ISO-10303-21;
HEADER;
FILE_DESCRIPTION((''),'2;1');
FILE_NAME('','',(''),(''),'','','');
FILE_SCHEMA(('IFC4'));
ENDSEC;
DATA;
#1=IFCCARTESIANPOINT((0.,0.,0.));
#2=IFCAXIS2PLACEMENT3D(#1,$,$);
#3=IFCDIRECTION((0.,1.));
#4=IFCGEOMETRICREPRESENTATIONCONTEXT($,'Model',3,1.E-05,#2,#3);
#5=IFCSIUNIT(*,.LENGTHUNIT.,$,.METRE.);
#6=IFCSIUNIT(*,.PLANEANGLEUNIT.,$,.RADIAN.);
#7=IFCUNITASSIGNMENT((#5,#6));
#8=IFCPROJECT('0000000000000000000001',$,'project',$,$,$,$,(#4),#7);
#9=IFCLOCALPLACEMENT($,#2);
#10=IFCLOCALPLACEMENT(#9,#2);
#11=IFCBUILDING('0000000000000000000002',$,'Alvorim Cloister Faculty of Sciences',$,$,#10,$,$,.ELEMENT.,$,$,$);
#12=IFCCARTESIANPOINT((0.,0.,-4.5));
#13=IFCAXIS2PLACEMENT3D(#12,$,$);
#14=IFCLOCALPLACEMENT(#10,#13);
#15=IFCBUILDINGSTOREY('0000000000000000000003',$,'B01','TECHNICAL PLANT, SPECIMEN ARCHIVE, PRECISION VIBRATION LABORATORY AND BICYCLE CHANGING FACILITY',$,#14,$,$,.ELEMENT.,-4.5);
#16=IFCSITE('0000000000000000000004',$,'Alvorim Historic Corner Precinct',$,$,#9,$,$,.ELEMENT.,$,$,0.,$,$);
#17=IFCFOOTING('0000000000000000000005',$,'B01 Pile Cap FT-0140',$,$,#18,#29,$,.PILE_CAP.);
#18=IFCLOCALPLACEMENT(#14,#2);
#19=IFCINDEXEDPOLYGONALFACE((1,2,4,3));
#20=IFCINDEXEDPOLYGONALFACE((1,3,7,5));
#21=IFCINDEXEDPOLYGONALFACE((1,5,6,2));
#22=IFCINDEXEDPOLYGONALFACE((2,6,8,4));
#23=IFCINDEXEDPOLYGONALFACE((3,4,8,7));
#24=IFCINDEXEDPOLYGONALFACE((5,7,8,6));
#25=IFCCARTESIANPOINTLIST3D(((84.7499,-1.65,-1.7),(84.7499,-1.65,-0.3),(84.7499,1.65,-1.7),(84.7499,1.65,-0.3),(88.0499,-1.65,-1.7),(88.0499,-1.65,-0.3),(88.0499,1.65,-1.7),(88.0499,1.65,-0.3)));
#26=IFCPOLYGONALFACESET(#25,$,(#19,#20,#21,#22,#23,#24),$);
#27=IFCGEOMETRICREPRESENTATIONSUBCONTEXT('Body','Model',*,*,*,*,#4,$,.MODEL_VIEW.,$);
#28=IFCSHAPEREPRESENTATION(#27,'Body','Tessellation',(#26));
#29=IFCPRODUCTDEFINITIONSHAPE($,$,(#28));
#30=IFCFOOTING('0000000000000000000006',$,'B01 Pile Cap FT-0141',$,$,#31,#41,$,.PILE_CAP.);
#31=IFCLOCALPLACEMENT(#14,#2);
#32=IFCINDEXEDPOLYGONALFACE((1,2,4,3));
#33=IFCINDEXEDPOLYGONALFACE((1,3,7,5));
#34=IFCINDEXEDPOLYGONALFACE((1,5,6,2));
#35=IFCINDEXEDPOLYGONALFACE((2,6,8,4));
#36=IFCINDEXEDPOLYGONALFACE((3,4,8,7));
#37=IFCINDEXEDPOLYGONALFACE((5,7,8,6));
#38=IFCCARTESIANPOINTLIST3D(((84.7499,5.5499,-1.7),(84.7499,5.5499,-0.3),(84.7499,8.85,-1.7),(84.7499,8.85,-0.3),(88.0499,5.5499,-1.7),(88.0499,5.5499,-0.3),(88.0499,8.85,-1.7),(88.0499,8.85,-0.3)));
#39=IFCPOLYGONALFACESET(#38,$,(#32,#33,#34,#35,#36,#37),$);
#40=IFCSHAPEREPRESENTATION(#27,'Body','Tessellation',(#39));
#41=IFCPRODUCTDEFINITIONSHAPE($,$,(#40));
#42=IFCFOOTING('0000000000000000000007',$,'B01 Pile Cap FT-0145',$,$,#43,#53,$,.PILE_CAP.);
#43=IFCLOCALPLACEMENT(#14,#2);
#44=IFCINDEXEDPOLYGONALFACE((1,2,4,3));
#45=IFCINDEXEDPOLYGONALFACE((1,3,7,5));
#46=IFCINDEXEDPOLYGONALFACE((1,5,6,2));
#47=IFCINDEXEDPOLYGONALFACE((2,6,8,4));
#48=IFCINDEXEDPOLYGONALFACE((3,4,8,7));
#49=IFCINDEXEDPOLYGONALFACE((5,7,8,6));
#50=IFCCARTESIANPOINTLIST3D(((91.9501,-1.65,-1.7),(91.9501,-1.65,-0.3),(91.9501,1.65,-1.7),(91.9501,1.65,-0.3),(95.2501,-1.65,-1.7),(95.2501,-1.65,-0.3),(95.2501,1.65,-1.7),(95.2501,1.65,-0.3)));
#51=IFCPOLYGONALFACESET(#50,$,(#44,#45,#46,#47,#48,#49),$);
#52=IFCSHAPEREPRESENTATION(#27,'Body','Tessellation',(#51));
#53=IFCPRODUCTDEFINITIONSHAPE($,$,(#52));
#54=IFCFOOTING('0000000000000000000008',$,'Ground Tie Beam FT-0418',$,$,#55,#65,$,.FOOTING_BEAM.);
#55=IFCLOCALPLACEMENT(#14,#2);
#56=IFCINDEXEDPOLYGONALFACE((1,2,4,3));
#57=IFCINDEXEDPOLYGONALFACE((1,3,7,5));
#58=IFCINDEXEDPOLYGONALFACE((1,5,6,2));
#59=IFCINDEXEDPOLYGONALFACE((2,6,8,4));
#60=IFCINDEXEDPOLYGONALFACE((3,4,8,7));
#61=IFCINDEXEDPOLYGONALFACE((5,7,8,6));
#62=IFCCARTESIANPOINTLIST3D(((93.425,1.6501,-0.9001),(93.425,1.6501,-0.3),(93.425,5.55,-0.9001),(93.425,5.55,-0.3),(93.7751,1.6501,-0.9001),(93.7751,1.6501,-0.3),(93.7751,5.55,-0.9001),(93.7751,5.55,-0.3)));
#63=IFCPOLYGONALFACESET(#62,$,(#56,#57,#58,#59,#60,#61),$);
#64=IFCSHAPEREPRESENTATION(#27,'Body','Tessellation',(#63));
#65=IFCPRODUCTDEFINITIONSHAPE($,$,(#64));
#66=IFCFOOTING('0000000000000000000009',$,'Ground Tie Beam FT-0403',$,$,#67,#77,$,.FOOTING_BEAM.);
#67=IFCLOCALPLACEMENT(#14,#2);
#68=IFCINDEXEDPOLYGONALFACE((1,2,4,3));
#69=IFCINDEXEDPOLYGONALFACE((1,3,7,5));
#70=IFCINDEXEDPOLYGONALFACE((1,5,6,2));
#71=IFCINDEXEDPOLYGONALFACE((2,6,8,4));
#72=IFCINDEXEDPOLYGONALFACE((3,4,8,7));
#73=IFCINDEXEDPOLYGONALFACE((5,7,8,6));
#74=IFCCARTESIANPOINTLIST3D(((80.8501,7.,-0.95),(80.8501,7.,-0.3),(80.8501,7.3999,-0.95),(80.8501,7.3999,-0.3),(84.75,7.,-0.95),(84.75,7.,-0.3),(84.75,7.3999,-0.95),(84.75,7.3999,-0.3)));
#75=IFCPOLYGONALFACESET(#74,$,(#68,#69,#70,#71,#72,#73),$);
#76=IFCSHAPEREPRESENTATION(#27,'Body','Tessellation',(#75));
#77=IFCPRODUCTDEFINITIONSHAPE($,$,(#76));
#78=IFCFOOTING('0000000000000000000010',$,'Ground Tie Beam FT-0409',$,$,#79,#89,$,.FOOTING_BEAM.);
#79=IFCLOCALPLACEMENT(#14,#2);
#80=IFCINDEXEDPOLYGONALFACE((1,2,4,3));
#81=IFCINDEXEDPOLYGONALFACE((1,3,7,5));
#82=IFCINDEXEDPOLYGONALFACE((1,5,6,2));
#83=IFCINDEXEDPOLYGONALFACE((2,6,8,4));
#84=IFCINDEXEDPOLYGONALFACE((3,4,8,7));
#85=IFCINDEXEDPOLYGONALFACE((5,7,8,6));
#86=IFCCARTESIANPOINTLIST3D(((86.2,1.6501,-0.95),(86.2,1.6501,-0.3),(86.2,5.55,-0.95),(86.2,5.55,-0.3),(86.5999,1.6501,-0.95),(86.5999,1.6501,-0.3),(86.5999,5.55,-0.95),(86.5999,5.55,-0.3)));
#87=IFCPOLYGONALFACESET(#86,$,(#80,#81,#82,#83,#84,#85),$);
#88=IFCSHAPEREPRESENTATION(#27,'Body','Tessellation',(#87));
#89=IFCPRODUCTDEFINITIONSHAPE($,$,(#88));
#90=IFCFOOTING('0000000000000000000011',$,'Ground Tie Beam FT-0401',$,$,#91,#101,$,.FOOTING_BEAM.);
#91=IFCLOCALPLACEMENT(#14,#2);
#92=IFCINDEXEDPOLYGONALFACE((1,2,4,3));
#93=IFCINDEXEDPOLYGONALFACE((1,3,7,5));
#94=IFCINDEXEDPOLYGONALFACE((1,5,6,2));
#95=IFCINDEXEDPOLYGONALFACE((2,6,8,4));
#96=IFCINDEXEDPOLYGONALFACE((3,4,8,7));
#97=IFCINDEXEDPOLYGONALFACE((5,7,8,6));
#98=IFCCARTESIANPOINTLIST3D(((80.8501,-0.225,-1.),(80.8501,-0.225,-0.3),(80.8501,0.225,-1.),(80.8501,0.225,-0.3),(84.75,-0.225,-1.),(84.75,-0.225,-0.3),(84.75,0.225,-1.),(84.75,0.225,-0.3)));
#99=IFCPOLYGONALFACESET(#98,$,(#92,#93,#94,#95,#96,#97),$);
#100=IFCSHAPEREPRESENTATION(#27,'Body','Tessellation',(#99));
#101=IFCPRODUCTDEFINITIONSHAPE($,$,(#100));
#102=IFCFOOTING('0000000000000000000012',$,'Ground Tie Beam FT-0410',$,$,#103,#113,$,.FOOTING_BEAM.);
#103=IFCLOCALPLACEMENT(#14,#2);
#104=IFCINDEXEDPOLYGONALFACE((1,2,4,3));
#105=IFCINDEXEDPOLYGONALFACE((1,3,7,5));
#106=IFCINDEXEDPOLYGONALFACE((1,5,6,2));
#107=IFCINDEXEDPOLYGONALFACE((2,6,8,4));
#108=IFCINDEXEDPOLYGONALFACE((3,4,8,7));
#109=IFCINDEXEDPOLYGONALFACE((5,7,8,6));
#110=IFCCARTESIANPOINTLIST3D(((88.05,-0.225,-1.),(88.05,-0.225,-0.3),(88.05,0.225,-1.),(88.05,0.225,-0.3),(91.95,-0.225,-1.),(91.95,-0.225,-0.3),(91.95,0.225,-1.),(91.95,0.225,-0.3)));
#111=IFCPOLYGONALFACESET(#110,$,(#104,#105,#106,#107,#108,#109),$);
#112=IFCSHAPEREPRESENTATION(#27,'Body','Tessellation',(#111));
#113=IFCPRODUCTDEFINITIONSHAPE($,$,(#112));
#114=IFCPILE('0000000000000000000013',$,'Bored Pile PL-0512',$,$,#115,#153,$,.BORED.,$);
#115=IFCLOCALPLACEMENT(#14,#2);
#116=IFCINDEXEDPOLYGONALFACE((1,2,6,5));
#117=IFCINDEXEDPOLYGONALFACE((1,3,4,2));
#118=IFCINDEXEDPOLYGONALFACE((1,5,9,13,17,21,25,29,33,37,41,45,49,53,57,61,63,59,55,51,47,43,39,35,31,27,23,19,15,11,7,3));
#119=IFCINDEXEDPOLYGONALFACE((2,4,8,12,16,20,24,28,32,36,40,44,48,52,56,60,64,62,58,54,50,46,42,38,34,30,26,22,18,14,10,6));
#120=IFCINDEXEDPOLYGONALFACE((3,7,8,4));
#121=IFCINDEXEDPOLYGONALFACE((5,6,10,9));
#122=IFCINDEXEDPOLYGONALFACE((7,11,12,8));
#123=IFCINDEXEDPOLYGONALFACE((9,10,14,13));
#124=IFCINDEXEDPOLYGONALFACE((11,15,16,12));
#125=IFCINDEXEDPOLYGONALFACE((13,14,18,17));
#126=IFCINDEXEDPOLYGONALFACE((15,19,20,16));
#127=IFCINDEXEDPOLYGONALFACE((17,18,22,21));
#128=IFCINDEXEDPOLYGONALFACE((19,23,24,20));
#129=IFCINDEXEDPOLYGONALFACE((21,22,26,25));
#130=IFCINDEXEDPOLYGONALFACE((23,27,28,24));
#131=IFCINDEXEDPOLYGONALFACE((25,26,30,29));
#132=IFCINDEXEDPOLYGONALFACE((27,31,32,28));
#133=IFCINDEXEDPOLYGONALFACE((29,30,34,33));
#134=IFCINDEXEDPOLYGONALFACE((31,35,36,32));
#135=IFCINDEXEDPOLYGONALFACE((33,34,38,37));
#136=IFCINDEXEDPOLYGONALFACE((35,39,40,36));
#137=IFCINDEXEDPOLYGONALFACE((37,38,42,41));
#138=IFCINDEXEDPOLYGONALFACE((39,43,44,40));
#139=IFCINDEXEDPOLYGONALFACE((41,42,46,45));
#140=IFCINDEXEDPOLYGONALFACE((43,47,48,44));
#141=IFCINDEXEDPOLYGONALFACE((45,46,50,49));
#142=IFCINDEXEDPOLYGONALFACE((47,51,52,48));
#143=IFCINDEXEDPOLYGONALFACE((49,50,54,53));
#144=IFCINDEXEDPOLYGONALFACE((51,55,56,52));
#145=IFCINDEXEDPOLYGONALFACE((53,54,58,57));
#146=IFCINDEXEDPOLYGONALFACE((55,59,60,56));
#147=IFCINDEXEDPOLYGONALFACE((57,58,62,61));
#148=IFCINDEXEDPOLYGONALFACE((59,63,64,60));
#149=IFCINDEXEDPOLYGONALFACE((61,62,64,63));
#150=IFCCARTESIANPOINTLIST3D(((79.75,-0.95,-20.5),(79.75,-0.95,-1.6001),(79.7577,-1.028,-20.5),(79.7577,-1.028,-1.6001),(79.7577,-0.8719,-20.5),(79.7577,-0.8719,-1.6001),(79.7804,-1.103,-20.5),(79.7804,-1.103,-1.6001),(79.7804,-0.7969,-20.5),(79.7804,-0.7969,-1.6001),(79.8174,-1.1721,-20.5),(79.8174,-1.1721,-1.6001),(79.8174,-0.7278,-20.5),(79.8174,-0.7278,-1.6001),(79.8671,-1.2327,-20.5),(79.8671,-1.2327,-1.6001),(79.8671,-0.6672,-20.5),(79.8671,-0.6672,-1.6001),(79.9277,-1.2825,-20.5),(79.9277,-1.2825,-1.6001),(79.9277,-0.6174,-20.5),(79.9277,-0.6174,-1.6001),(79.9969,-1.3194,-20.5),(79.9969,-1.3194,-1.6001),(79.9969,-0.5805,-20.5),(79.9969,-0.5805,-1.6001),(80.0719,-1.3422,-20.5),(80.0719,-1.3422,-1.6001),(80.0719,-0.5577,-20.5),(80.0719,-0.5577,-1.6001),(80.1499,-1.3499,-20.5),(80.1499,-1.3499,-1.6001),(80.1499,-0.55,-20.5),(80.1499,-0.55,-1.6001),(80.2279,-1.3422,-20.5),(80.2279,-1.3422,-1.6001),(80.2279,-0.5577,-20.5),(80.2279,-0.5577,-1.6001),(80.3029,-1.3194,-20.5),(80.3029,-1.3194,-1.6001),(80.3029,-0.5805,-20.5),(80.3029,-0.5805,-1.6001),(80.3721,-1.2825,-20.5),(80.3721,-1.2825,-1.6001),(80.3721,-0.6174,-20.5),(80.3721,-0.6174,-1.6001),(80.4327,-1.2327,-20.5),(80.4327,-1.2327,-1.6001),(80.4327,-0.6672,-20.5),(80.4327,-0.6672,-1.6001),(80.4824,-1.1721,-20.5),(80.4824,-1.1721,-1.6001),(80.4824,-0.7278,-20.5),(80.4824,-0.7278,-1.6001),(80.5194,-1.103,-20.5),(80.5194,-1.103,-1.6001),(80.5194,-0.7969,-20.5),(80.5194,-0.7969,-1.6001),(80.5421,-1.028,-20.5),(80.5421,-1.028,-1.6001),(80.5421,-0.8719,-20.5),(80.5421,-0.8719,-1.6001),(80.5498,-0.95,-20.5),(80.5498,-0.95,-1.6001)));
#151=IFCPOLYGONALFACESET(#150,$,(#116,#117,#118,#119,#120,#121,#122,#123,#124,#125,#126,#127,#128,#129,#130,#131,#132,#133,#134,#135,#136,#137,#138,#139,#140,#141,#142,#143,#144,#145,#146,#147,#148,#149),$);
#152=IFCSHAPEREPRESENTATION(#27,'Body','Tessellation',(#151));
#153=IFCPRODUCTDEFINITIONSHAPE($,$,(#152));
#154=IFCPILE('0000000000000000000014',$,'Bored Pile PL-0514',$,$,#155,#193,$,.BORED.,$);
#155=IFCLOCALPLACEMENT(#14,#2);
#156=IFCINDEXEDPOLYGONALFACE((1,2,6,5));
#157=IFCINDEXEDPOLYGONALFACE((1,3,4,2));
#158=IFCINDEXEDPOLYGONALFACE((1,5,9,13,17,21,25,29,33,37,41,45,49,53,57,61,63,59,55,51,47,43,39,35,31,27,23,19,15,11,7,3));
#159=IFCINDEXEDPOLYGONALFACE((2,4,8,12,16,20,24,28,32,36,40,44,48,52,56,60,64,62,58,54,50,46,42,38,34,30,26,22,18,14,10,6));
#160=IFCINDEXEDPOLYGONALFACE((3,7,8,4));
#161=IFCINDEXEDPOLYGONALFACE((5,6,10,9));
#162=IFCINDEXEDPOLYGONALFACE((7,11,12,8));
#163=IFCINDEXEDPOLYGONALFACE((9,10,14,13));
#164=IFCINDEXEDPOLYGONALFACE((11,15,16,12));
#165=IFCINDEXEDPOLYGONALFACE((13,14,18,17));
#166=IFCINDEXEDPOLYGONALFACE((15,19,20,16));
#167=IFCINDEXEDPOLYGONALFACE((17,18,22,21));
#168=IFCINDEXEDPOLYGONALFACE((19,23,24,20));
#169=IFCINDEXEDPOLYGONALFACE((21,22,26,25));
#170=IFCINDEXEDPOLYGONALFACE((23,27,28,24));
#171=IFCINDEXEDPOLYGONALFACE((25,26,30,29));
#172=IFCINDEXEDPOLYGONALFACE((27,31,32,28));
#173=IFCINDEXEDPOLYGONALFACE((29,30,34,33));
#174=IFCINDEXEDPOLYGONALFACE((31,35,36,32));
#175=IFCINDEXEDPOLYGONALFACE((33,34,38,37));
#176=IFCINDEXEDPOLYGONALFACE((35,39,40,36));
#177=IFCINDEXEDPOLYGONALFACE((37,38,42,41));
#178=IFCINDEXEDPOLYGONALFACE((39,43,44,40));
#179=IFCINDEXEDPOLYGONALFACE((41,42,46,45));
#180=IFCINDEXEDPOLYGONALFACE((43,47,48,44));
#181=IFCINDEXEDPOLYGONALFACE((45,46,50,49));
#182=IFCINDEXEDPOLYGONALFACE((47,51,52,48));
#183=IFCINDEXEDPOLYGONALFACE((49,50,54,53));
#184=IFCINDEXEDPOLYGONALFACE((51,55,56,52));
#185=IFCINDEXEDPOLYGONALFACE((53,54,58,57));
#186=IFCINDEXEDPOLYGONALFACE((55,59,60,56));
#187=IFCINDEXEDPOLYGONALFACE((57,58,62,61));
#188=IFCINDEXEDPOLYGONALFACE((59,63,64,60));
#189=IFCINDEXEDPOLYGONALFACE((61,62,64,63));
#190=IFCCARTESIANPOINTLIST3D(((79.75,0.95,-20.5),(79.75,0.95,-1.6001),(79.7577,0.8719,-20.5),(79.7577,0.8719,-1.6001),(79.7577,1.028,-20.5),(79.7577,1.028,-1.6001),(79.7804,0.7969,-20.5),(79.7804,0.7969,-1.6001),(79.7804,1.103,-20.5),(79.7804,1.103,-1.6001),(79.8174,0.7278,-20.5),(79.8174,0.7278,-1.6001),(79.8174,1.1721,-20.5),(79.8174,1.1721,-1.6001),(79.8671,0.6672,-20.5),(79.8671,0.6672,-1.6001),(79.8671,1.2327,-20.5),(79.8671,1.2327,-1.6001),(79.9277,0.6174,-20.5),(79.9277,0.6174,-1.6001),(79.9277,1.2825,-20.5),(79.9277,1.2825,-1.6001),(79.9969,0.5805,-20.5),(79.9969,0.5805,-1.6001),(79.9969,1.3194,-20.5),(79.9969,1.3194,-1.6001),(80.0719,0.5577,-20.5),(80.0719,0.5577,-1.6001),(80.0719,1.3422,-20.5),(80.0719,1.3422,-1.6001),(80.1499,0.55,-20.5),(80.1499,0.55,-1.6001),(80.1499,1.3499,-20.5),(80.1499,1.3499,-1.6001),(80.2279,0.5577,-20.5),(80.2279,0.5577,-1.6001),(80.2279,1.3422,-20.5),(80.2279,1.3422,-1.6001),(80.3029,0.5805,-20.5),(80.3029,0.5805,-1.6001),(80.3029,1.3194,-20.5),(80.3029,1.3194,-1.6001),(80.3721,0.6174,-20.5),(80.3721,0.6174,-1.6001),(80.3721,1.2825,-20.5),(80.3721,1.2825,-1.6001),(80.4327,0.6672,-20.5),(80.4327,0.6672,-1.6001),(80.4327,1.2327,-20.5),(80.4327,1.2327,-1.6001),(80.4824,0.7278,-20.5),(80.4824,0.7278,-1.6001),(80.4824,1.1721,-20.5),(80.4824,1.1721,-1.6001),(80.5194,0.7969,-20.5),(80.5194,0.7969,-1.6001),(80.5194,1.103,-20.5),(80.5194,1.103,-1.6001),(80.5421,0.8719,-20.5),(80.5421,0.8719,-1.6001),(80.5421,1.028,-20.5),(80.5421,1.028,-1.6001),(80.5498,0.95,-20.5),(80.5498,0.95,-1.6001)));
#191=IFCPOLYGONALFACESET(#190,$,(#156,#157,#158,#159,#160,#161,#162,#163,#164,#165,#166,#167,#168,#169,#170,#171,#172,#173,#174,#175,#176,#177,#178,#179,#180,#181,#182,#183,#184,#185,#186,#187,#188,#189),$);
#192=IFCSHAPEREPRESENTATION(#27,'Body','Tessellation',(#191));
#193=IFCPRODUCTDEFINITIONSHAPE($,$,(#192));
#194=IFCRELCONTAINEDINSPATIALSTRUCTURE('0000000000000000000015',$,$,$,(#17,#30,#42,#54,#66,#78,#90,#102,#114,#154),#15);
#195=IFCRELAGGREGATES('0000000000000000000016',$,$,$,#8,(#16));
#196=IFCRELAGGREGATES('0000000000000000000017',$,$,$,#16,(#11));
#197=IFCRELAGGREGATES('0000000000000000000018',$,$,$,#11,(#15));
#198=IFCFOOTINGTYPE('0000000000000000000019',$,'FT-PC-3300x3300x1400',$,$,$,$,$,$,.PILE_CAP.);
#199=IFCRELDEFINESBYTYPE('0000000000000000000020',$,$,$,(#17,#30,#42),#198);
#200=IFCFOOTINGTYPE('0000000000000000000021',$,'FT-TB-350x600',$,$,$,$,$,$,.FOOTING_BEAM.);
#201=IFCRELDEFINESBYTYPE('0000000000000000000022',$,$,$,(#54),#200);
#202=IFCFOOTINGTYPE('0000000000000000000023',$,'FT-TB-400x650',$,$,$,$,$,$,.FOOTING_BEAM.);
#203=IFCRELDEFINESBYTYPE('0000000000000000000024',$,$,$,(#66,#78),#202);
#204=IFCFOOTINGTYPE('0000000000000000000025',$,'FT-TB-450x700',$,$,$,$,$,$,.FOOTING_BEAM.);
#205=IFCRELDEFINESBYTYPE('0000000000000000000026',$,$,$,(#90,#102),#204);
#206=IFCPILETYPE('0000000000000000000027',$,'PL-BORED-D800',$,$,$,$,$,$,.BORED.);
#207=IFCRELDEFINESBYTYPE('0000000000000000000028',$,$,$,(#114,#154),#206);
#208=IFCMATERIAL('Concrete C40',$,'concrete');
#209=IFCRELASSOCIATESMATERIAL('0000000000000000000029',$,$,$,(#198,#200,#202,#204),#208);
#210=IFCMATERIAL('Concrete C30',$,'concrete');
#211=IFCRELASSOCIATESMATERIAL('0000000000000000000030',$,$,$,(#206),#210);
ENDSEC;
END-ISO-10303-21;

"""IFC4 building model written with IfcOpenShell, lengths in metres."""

from ifc_helpers import new_model, si_unit, direction, frame, origin, origin_2d, place, context, subcontext, project, spatial, rectangle, circle, extrude, material, material_profile, profile_set, type_object, element, save


model = new_model("IFC4")

# Units and contexts
model_context = context("Model", 3, precision=1e-05, world=origin(), true_north=direction((0.0, 1.0)))
body_context = subcontext(model_context, "Body", "Model", "MODEL_VIEW")
ifc_project = project(units=[si_unit("LENGTHUNIT", "METRE"), si_unit("PLANEANGLEUNIT", "RADIAN")], contexts=[model_context])

# Site, building, storey
site_placement = place(None, origin())
site = spatial("IfcSite", under=ifc_project, at=site_placement, Name="Alvorim Historic Corner Precinct", CompositionType="ELEMENT", RefElevation=0.0)
building_placement = place(site_placement, origin())
building = spatial("IfcBuilding", under=site, at=building_placement, Name="Alvorim Cloister Faculty of Sciences", CompositionType="ELEMENT")
storey_placement = place(building_placement, frame((0.0, 0.0, -4.5)))
storey = spatial("IfcBuildingStorey", under=building, at=storey_placement, Name="B01", Description="TECHNICAL PLANT, SPECIMEN ARCHIVE, PRECISION VIBRATION LABORATORY AND BICYCLE CHANGING FACILITY", CompositionType="ELEMENT", Elevation=-4.5)

# Footings
ifc_material_1 = material(Name="Concrete C40", Category="concrete")
footing_type_1 = type_object("IfcFootingType", Name="FT-PC-3300x3300x1400", PredefinedType="PILE_CAP", material=ifc_material_1)
for number, where, z_axis, x_axis, name in (
    (1, (86.3999, 0.0, -1.7), (0.0, 0.0, 1.0), (1.0, 0.0, 0.0), "B01 Pile Cap FT-0140"),
    (2, (86.3999, 7.2, -1.7), (0.0, 0.0, 1.0), (1.0, 0.0, 0.0), "B01 Pile Cap FT-0141"),
    (3, (93.6001, 0.0, -1.7), (0.0, 0.0, 1.0), (1.0, 0.0, 0.0), "B01 Pile Cap FT-0145"),
):
    element("IfcFooting", number, at=place(storey_placement, frame(where, z_axis=z_axis, x_axis=x_axis)), inside=storey, type_object=footing_type_1, Name=name, PredefinedType="PILE_CAP", context=body_context, shape_type="SweptSolid", body=[
        extrude(rectangle(XDim=3.3, YDim=3.3, at=origin_2d()), origin(), (0.0, 0.0, 1.0), 1.3999),
    ])
footing_type_2 = type_object("IfcFootingType", Name="FT-TB-350x600", PredefinedType="FOOTING_BEAM", material=ifc_material_1)
footing_1_placement = place(storey_placement, frame((93.6001, 3.6001, -0.9001), z_axis=(0.0, 0.0, 1.0), x_axis=(1.0, 0.0, 0.0)))
element("IfcFooting", 4, at=footing_1_placement, inside=storey, type_object=footing_type_2, Name="Ground Tie Beam FT-0418", PredefinedType="FOOTING_BEAM", context=body_context, shape_type="SweptSolid", body=[
    extrude(rectangle(XDim=0.3501, YDim=3.8999, at=origin_2d()), origin(), (0.0, 0.0, 1.0), 0.6001),
])
footing_type_3 = type_object("IfcFootingType", Name="FT-TB-400x650", PredefinedType="FOOTING_BEAM", material=ifc_material_1)
footing_2_placement = place(storey_placement, frame((82.8, 7.2, -0.95), z_axis=(0.0, 0.0, 1.0), x_axis=(1.0, 0.0, 0.0)))
element("IfcFooting", 5, at=footing_2_placement, inside=storey, type_object=footing_type_3, Name="Ground Tie Beam FT-0403", PredefinedType="FOOTING_BEAM", context=body_context, shape_type="SweptSolid", body=[
    extrude(rectangle(XDim=3.8999, YDim=0.3999, at=origin_2d()), origin(), (0.0, 0.0, 1.0), 0.6499),
])
footing_3_placement = place(storey_placement, frame((86.3999, 3.6001, -0.95), z_axis=(0.0, 0.0, 1.0), x_axis=(1.0, 0.0, 0.0)))
element("IfcFooting", 6, at=footing_3_placement, inside=storey, type_object=footing_type_3, Name="Ground Tie Beam FT-0409", PredefinedType="FOOTING_BEAM", context=body_context, shape_type="SweptSolid", body=[
    extrude(rectangle(XDim=0.3999, YDim=3.8999, at=origin_2d()), origin(), (0.0, 0.0, 1.0), 0.6499),
])
footing_type_4 = type_object("IfcFootingType", Name="FT-TB-450x700", PredefinedType="FOOTING_BEAM", material=ifc_material_1)
for number, where, z_axis, x_axis, name in (
    (7, (82.8, 0.0, -1.0), (0.0, 0.0, 1.0), (1.0, 0.0, 0.0), "Ground Tie Beam FT-0401"),
    (8, (90.0, 0.0, -1.0), (0.0, 0.0, 1.0), (1.0, 0.0, 0.0), "Ground Tie Beam FT-0410"),
):
    element("IfcFooting", number, at=place(storey_placement, frame(where, z_axis=z_axis, x_axis=x_axis)), inside=storey, type_object=footing_type_4, Name=name, PredefinedType="FOOTING_BEAM", context=body_context, shape_type="SweptSolid", body=[
        extrude(rectangle(XDim=3.8999, YDim=0.45, at=origin_2d()), origin(), (0.0, 0.0, 1.0), 0.7),
    ])

# Piles
ifc_material_2 = material(Name="Concrete C30", Category="concrete")
ifc_material_profile_1 = material_profile(ifc_material_2, circle(Radius=0.3999, at=origin_2d()), Name="PILE-D800")
ifc_profile_set_1 = profile_set([ifc_material_profile_1], Name="Concrete C30")
pile_type = type_object("IfcPileType", Name="PL-BORED-D800", PredefinedType="BORED", material=ifc_profile_set_1)
for number, where, z_axis, x_axis, name in (
    (9, (80.1499, -0.95, -1.6001), (0.0, 0.0, -1.0), (1.0, 0.0, 0.0), "Bored Pile PL-0512"),
    (10, (80.1499, 0.95, -1.6001), (0.0, 0.0, -1.0), (1.0, 0.0, 0.0), "Bored Pile PL-0514"),
):
    element("IfcPile", number, at=place(storey_placement, frame(where, z_axis=z_axis, x_axis=x_axis)), inside=storey, type_object=pile_type, Name=name, PredefinedType="BORED", context=body_context, shape_type="SweptSolid", body=[
        extrude(circle(Radius=0.3999, at=origin_2d()), origin(), (0.0, 0.0, 1.0), 18.8999),
    ])

save(model, "model.ifc")
